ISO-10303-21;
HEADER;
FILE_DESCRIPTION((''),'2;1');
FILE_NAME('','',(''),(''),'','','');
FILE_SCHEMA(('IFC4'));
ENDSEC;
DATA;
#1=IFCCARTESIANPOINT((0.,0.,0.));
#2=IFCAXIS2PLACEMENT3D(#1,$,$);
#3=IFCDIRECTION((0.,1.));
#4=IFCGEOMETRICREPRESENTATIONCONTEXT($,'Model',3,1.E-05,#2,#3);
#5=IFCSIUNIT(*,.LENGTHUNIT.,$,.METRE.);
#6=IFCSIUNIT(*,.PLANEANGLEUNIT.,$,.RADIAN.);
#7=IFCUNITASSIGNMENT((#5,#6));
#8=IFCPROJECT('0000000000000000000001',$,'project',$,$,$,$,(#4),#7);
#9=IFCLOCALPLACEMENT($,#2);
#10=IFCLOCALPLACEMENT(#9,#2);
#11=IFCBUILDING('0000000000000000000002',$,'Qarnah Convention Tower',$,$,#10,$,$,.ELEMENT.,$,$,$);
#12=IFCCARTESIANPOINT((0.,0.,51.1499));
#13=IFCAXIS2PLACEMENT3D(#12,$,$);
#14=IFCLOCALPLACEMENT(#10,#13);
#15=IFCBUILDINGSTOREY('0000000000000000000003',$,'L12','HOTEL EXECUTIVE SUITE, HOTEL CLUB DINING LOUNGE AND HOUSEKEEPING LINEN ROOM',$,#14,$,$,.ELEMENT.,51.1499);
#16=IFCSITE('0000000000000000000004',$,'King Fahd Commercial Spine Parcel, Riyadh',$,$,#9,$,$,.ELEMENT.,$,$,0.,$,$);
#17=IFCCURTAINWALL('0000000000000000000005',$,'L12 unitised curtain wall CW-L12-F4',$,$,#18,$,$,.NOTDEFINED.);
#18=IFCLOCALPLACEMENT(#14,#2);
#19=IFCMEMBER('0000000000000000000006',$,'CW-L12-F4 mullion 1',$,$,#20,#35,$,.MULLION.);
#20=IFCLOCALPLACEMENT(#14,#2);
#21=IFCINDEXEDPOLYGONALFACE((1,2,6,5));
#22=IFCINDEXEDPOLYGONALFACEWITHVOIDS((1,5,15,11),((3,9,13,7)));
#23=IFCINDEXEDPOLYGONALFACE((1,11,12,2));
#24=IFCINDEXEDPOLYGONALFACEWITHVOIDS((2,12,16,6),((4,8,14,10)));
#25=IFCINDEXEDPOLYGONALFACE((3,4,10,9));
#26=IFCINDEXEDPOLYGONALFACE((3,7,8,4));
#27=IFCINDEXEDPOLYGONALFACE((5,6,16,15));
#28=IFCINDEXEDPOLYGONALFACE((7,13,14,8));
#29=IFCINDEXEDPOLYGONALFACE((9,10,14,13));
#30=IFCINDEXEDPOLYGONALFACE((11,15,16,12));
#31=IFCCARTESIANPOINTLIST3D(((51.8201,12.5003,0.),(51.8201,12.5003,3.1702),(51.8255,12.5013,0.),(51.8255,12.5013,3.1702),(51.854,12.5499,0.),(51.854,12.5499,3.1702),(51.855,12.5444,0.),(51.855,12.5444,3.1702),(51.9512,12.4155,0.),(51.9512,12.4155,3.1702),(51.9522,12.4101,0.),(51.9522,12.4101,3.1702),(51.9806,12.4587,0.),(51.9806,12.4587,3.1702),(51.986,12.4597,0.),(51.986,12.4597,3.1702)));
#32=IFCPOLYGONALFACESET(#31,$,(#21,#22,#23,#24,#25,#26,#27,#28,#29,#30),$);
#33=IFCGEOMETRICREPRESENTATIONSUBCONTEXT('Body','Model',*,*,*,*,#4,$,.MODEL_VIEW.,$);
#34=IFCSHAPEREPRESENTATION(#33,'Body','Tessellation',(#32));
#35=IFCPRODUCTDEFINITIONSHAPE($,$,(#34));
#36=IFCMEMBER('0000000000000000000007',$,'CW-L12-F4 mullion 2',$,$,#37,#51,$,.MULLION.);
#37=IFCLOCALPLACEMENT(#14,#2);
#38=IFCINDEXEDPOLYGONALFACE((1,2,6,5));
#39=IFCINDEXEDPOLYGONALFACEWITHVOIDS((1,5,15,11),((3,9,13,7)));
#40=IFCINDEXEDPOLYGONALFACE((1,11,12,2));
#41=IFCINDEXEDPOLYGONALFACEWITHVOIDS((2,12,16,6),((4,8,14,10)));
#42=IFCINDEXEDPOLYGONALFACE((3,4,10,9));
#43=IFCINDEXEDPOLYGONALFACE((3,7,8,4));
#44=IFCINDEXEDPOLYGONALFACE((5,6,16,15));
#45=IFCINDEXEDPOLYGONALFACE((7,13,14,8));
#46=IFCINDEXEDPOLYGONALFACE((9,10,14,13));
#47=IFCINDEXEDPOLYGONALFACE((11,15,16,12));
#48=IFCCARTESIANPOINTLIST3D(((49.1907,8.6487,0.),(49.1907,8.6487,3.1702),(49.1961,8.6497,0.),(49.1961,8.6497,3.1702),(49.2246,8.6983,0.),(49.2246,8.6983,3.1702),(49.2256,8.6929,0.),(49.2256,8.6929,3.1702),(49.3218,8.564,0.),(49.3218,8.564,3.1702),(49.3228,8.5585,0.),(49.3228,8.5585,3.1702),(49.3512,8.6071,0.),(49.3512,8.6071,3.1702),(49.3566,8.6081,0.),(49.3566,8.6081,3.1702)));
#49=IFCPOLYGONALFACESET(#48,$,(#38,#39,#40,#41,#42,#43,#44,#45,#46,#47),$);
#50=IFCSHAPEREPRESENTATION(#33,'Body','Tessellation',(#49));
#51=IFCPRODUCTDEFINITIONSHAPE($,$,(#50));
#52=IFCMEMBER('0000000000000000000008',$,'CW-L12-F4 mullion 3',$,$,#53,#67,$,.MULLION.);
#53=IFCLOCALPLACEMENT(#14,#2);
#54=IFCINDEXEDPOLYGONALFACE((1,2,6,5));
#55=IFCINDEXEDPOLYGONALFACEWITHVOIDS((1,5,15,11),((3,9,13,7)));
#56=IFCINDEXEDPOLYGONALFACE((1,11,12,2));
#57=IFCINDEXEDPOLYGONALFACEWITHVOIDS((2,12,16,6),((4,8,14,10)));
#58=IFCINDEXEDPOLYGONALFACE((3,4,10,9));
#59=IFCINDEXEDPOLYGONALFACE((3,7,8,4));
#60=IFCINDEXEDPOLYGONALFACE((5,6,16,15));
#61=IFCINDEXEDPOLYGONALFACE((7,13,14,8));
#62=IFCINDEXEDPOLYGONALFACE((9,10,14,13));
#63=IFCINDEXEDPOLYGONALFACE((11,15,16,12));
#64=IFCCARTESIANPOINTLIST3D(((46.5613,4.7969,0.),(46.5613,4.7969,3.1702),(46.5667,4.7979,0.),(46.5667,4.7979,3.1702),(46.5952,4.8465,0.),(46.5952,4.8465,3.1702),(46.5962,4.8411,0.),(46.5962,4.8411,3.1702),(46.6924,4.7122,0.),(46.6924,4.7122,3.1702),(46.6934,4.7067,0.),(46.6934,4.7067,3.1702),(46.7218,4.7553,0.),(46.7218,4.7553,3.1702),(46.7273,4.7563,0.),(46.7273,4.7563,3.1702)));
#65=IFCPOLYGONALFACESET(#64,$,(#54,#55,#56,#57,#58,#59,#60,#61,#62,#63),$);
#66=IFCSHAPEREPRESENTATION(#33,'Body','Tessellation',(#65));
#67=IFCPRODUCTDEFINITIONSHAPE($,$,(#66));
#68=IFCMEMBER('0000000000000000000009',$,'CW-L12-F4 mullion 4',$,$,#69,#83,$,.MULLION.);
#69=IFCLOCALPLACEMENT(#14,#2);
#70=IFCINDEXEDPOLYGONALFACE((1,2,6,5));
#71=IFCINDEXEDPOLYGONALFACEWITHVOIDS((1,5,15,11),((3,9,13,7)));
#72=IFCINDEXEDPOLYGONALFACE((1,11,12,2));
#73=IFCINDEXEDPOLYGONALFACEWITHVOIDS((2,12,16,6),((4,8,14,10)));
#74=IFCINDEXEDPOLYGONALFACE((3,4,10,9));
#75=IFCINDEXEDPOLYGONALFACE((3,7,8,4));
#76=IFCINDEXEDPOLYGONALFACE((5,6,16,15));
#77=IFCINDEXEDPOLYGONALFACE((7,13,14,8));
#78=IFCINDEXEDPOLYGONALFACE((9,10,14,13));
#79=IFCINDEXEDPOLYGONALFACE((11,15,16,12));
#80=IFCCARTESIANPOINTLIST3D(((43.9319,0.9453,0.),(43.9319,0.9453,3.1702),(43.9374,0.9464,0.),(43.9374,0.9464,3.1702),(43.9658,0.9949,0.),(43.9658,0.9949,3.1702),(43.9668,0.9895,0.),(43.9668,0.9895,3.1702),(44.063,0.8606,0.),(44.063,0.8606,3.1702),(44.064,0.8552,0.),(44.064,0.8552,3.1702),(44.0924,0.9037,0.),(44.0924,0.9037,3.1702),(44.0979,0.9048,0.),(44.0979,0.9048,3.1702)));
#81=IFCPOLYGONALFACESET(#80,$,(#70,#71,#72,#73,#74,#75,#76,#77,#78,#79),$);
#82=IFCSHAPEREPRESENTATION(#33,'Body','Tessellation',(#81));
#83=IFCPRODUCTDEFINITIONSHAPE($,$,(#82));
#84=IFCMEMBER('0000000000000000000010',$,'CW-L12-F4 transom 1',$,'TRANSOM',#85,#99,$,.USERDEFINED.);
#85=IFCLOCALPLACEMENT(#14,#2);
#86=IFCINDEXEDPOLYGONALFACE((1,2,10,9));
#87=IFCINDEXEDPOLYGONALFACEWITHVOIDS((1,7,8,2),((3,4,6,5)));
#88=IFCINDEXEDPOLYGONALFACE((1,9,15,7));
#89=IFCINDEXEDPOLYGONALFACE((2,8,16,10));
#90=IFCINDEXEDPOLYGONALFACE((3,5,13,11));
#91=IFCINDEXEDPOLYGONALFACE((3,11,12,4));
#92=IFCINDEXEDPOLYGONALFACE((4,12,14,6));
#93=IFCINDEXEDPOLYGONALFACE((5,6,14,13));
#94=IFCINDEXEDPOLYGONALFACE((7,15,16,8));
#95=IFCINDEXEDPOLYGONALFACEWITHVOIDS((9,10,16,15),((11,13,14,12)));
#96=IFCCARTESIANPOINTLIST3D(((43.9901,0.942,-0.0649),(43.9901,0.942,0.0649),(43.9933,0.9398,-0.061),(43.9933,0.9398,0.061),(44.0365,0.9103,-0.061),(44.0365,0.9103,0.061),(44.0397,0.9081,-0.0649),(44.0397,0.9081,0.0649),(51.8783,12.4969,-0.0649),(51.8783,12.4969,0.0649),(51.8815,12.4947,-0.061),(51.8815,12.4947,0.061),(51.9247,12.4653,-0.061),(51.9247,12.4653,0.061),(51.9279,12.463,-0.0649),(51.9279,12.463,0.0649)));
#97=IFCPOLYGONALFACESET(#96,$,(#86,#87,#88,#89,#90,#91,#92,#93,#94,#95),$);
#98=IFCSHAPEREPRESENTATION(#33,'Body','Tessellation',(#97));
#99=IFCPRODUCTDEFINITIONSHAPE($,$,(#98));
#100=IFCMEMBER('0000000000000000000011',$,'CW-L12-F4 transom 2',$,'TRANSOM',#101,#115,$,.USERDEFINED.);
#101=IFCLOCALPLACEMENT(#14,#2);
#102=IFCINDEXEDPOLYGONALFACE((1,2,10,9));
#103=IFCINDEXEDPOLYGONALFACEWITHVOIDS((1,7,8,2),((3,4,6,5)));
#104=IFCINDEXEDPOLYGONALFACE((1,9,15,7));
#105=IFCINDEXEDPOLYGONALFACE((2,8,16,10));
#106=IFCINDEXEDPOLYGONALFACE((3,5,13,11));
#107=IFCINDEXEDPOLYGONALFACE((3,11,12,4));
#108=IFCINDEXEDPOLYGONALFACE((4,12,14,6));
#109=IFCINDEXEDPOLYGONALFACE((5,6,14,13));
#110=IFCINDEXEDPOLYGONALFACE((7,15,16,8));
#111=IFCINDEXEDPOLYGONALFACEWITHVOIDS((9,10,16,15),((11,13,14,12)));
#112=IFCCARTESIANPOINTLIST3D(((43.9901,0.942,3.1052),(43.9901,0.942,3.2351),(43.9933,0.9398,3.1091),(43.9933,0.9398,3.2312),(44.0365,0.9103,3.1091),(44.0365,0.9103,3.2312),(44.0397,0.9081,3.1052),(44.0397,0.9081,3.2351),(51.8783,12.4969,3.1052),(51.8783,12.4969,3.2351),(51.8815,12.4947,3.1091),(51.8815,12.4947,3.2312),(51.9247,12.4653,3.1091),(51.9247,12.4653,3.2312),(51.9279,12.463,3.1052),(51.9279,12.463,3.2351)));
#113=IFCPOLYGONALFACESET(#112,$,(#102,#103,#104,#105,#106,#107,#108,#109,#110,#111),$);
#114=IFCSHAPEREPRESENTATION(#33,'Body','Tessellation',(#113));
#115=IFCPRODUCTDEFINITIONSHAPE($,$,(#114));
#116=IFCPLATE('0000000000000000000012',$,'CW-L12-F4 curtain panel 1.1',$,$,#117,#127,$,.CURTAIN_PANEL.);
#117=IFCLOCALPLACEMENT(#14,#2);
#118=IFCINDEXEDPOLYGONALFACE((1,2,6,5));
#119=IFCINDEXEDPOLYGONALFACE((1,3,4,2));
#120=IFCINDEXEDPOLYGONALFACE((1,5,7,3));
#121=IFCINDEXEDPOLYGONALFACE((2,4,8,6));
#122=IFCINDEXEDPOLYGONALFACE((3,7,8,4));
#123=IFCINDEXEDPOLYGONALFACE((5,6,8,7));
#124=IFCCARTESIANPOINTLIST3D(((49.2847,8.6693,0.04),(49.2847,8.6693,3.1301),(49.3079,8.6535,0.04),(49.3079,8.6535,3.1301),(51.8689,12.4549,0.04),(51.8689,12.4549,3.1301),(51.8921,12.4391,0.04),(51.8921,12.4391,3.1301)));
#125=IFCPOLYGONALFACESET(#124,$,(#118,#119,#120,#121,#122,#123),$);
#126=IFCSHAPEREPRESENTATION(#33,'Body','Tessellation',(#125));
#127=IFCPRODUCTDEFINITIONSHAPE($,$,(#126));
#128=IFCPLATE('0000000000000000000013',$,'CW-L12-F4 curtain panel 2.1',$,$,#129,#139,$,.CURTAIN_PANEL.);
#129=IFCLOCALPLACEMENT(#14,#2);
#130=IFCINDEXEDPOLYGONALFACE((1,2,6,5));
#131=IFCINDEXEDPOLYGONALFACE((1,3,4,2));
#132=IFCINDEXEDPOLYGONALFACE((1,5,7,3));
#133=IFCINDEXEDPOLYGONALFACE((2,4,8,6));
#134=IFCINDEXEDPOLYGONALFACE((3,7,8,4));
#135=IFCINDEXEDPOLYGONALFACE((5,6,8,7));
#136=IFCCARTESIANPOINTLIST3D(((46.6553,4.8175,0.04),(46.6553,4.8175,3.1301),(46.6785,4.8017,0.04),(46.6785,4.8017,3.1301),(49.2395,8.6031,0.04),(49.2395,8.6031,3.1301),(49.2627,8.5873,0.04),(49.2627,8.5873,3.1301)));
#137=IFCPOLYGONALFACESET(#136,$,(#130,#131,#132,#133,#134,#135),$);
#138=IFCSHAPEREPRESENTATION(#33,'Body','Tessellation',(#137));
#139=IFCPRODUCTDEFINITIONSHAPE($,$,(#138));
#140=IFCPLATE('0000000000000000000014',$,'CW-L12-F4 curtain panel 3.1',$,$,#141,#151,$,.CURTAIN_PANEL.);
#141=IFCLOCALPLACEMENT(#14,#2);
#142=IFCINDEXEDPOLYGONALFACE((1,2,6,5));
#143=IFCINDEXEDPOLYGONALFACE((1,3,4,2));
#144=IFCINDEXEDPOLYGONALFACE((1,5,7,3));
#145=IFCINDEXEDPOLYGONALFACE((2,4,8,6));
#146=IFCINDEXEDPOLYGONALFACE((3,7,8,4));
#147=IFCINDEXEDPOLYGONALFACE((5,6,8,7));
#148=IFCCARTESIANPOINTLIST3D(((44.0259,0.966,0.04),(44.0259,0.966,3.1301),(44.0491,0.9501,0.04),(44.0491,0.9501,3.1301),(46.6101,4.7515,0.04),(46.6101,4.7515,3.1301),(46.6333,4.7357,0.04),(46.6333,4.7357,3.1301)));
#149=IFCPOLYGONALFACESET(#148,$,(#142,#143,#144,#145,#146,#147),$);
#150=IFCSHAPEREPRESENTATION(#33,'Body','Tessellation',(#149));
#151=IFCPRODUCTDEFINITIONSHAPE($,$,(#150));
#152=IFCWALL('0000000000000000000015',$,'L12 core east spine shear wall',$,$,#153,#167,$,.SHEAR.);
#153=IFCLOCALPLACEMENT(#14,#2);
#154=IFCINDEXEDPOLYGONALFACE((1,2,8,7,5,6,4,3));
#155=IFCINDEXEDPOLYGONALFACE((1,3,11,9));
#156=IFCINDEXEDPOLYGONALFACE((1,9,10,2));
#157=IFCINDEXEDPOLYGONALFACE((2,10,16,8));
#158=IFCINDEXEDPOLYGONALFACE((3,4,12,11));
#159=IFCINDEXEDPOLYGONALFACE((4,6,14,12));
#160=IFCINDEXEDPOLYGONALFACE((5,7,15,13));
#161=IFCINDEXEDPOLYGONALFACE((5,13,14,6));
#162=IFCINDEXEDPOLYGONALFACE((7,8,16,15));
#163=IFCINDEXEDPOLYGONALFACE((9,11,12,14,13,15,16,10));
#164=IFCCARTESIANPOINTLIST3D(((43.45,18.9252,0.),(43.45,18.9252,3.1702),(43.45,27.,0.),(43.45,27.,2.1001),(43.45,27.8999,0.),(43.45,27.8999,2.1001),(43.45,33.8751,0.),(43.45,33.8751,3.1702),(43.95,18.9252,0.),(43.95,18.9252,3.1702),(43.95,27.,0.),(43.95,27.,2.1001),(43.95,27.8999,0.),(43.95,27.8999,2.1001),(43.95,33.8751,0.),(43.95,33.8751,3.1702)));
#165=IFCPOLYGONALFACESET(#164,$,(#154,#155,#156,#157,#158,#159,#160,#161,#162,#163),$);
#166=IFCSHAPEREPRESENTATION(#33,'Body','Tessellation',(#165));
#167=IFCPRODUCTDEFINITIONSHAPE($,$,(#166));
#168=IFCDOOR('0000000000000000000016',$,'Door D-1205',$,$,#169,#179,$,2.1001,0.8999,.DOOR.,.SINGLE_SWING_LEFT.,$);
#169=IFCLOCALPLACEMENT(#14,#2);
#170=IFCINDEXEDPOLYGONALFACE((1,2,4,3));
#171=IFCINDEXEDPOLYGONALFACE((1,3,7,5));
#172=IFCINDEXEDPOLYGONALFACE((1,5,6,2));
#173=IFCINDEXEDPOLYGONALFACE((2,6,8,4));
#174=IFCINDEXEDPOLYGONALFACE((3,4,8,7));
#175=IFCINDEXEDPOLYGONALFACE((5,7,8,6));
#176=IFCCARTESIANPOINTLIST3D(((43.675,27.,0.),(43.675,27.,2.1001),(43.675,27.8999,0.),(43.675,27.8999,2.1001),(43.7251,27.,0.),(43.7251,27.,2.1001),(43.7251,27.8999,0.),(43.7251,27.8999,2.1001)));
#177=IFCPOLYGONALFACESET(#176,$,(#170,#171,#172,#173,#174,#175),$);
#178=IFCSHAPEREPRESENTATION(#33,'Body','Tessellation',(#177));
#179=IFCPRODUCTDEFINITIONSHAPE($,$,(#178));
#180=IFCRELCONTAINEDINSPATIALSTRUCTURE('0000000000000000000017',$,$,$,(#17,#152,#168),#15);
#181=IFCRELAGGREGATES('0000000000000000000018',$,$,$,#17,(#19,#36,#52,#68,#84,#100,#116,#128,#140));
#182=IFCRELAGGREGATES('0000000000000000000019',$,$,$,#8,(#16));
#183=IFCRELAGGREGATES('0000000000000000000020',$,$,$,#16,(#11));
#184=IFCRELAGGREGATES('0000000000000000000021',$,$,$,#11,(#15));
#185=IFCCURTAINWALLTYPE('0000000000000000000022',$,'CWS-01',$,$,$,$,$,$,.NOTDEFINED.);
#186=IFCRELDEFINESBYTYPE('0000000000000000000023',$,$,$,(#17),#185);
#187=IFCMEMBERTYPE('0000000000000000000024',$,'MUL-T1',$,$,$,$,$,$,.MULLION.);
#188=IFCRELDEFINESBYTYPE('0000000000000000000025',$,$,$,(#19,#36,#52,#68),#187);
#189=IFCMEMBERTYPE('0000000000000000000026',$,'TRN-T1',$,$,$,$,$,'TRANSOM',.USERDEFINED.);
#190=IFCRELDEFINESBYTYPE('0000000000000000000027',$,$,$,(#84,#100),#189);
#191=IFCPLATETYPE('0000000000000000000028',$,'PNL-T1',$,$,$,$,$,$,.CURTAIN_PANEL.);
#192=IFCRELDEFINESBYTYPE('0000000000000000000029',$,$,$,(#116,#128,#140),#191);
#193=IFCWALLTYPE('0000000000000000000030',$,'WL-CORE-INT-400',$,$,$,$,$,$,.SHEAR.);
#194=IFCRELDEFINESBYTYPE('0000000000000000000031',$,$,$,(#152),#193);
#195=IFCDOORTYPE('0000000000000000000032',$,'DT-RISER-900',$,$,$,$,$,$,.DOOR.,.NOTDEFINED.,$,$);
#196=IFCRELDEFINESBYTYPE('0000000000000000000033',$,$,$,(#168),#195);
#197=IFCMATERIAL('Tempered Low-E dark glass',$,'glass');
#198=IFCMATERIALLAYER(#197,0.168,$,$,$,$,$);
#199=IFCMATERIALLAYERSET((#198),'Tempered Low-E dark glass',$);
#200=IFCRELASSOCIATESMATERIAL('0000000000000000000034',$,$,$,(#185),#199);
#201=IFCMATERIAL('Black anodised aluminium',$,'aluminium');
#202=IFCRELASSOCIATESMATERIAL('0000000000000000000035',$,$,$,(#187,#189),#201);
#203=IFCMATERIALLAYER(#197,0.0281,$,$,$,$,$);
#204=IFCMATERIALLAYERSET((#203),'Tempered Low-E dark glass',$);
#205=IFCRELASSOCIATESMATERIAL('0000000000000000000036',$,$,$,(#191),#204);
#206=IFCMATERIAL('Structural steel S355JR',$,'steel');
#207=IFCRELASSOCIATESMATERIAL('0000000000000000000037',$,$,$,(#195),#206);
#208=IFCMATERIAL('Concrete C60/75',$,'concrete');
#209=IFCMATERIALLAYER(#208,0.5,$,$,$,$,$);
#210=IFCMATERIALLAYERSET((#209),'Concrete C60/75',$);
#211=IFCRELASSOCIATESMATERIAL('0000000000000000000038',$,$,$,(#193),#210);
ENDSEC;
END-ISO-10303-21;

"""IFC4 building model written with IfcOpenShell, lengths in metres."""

from ifc_helpers import new_model, si_unit, direction, frame, frame_2d, origin, origin_2d, place, context, subcontext, project, spatial, rectangle, hollow_rectangle, extrude, material, layer, layer_set, material_profile, profile_set, type_object, element, fill, aggregate, save


model = new_model("IFC4")

# Units and contexts
model_context = context("Model", 3, precision=1e-05, world=origin(), true_north=direction((0.0, 1.0)))
body_context = subcontext(model_context, "Body", "Model", "MODEL_VIEW")
ifc_project = project(units=[si_unit("LENGTHUNIT", "METRE"), si_unit("PLANEANGLEUNIT", "RADIAN")], contexts=[model_context])

# Site, building, storey
site_placement = place(None, origin())
site = spatial("IfcSite", under=ifc_project, at=site_placement, Name="King Fahd Commercial Spine Parcel, Riyadh", CompositionType="ELEMENT", RefElevation=0.0)
building_placement = place(site_placement, origin())
building = spatial("IfcBuilding", under=site, at=building_placement, Name="Qarnah Convention Tower", CompositionType="ELEMENT")
storey_placement = place(building_placement, frame((0.0, 0.0, 51.1499)))
storey = spatial("IfcBuildingStorey", under=building, at=storey_placement, Name="L12", Description="HOTEL EXECUTIVE SUITE, HOTEL CLUB DINING LOUNGE AND HOUSEKEEPING LINEN ROOM", CompositionType="ELEMENT", Elevation=51.1499)

# Shared definitions
ifc_material_1 = material(Name="Concrete C60/75", Category="concrete")
ifc_material_2 = material(Name="Structural steel S355JR", Category="steel")

# Shared definitions
ifc_material_3 = material(Name="Tempered Low-E dark glass", Category="glass")
ifc_layer_1 = layer(ifc_material_3, 0.168)
ifc_layer_set_1 = layer_set([ifc_layer_1], Name="Tempered Low-E dark glass")
curtain_wall_type = type_object("IfcCurtainWallType", Name="CWS-01", PredefinedType="NOTDEFINED", material=ifc_layer_set_1)
ifc_material_4 = material(Name="Black anodised aluminium", Category="aluminium")
ifc_material_profile_1 = material_profile(ifc_material_4, hollow_rectangle(XDim=0.0601, YDim=0.1599, WallThickness=0.0039, at=origin_2d()), Name="MUL-60X160")
ifc_profile_set_1 = profile_set([ifc_material_profile_1], Name="Black anodised aluminium")
member_type_1 = type_object("IfcMemberType", Name="MUL-T1", PredefinedType="MULLION", material=ifc_profile_set_1)

# Curtain wall, members, plates
curtain_wall_1_placement = place(storey_placement, origin())
curtain_wall_1 = element("IfcCurtainWall", 1, at=curtain_wall_1_placement, inside=storey, type_object=curtain_wall_type, Name="L12 unitised curtain wall CW-L12-F4", PredefinedType="NOTDEFINED")
member_1_placement = place(storey_placement, frame((51.9031, 12.48, 0.0), z_axis=(0.0, 0.0, 1.0), x_axis=(-0.563805, -0.825908, 0.0)))
member_1 = element("IfcMember", 2, at=member_1_placement, type_object=member_type_1, Name="CW-L12-F4 mullion 1", PredefinedType="MULLION", context=body_context, shape_type="SweptSolid", body=[
    extrude(hollow_rectangle(XDim=0.0601, YDim=0.1599, WallThickness=0.0039, at=origin_2d()), origin(), (0.0, 0.0, 1.0), 3.1702),
])
member_2_placement = place(storey_placement, frame((49.2737, 8.6284, 0.0), z_axis=(0.0, 0.0, 1.0), x_axis=(-0.563805, -0.825908, 0.0)))
member_2 = element("IfcMember", 3, at=member_2_placement, type_object=member_type_1, Name="CW-L12-F4 mullion 2", PredefinedType="MULLION", context=body_context, shape_type="SweptSolid", body=[
    extrude(hollow_rectangle(XDim=0.0601, YDim=0.1599, WallThickness=0.0039, at=origin_2d()), origin(), (0.0, 0.0, 1.0), 3.1702),
])
member_3_placement = place(storey_placement, frame((46.6443, 4.7766, 0.0), z_axis=(0.0, 0.0, 1.0), x_axis=(-0.563805, -0.825908, 0.0)))
member_3 = element("IfcMember", 4, at=member_3_placement, type_object=member_type_1, Name="CW-L12-F4 mullion 3", PredefinedType="MULLION", context=body_context, shape_type="SweptSolid", body=[
    extrude(hollow_rectangle(XDim=0.0601, YDim=0.1599, WallThickness=0.0039, at=origin_2d()), origin(), (0.0, 0.0, 1.0), 3.1702),
])
member_4_placement = place(storey_placement, frame((44.0149, 0.925, 0.0), z_axis=(0.0, 0.0, 1.0), x_axis=(-0.563805, -0.825908, 0.0)))
member_4 = element("IfcMember", 5, at=member_4_placement, type_object=member_type_1, Name="CW-L12-F4 mullion 4", PredefinedType="MULLION", context=body_context, shape_type="SweptSolid", body=[
    extrude(hollow_rectangle(XDim=0.0601, YDim=0.1599, WallThickness=0.0039, at=origin_2d()), origin(), (0.0, 0.0, 1.0), 3.1702),
])
ifc_material_profile_2 = material_profile(ifc_material_4, hollow_rectangle(XDim=0.0601, YDim=0.1299, WallThickness=0.0039, at=origin_2d()), Name="TRN-60X130")
ifc_profile_set_2 = profile_set([ifc_material_profile_2], Name="Black anodised aluminium")
member_type_2 = type_object("IfcMemberType", Name="TRN-T1", ElementType="TRANSOM", PredefinedType="USERDEFINED", material=ifc_profile_set_2)
member_5_placement = place(storey_placement, frame((51.9031, 12.48, 0.0), z_axis=(-0.563816, -0.8259, 0.0), x_axis=(0.8259, -0.563816, 0.0)))
member_5 = element("IfcMember", 6, at=member_5_placement, type_object=member_type_2, Name="CW-L12-F4 transom 1", ObjectType="TRANSOM", PredefinedType="USERDEFINED", context=body_context, shape_type="SweptSolid", body=[
    extrude(hollow_rectangle(XDim=0.0601, YDim=0.1299, WallThickness=0.0039, at=origin_2d()), origin(), (0.0, 0.0, 1.0), 13.9907),
])
member_6_placement = place(storey_placement, frame((51.9031, 12.48, 3.1702), z_axis=(-0.563816, -0.8259, 0.0), x_axis=(0.8259, -0.563816, 0.0)))
member_6 = element("IfcMember", 7, at=member_6_placement, type_object=member_type_2, Name="CW-L12-F4 transom 2", ObjectType="TRANSOM", PredefinedType="USERDEFINED", context=body_context, shape_type="SweptSolid", body=[
    extrude(hollow_rectangle(XDim=0.0601, YDim=0.1299, WallThickness=0.0039, at=origin_2d()), origin(), (0.0, 0.0, 1.0), 13.9907),
])
ifc_layer_2 = layer(ifc_material_3, 0.0281)
ifc_layer_set_2 = layer_set([ifc_layer_2], Name="Tempered Low-E dark glass")
plate_type = type_object("IfcPlateType", Name="PNL-T1", PredefinedType="CURTAIN_PANEL", material=ifc_layer_set_2)
plate_1_placement = place(storey_placement, frame((50.5884, 10.5542, 0.04), z_axis=(0.0, 0.0, 1.0), x_axis=(-0.563805, -0.825908, 0.0)))
plate_1 = element("IfcPlate", 8, at=plate_1_placement, type_object=plate_type, Name="CW-L12-F4 curtain panel 1.1", PredefinedType="CURTAIN_PANEL", context=body_context, shape_type="SweptSolid", body=[
    extrude(rectangle(XDim=4.5835, YDim=0.0281, at=origin_2d()), origin(), (0.0, 0.0, 1.0), 3.0901),
])
plate_2_placement = place(storey_placement, frame((47.959, 6.7024, 0.04), z_axis=(0.0, 0.0, 1.0), x_axis=(-0.563805, -0.825908, 0.0)))
plate_2 = element("IfcPlate", 9, at=plate_2_placement, type_object=plate_type, Name="CW-L12-F4 curtain panel 2.1", PredefinedType="CURTAIN_PANEL", context=body_context, shape_type="SweptSolid", body=[
    extrude(rectangle(XDim=4.5835, YDim=0.0281, at=origin_2d()), origin(), (0.0, 0.0, 1.0), 3.0901),
])
plate_3_placement = place(storey_placement, frame((45.3296, 2.8508, 0.04), z_axis=(0.0, 0.0, 1.0), x_axis=(-0.563805, -0.825908, 0.0)))
plate_3 = element("IfcPlate", 10, at=plate_3_placement, type_object=plate_type, Name="CW-L12-F4 curtain panel 3.1", PredefinedType="CURTAIN_PANEL", context=body_context, shape_type="SweptSolid", body=[
    extrude(rectangle(XDim=4.5835, YDim=0.0281, at=origin_2d()), origin(), (0.0, 0.0, 1.0), 3.0901),
])
aggregate(curtain_wall_1, [member_1, member_2, member_3, member_4, member_5, member_6, plate_1, plate_2, plate_3])

# Shared definitions
door_type_1 = type_object("IfcDoorType", Name="DT-RISER-900", OperationType="NOTDEFINED", PredefinedType="DOOR", material=ifc_material_2)

# Wall, opening, door
ifc_layer_3 = layer(ifc_material_1, 0.5)
ifc_layer_set_3 = layer_set([ifc_layer_3], Name="Concrete C60/75")
wall_type_1 = type_object("IfcWallType", Name="WL-CORE-INT-400", PredefinedType="SHEAR", material=ifc_layer_set_3)
wall_1_placement = place(storey_placement, frame((43.7, 18.925, 0.0), z_axis=(0.0, 0.0, 1.0), x_axis=(0.0, 1.0, 0.0)))
wall_1 = element("IfcWall", 11, at=wall_1_placement, inside=storey, type_object=wall_type_1, Name="L12 core east spine shear wall", PredefinedType="SHEAR", context=body_context, shape_type="SweptSolid", body=[
    extrude(rectangle(XDim=14.95, YDim=0.5, at=frame_2d((7.4751, 0.0))), origin(), (0.0, 0.0, 1.0), 3.1702),
])
opening_1_placement = place(wall_1_placement, frame((8.075, 0.0, 0.0)))
opening_1 = element("IfcOpeningElement", 12, at=opening_1_placement, cuts=wall_1, PredefinedType="OPENING", context=body_context, shape_type="SweptSolid", body=[
    extrude(rectangle(XDim=0.8999, YDim=2.1001, at=frame_2d((0.45, 1.05))), frame((0.0, 0.26, 0.0), z_axis=(0.0, -1.0, 0.0), x_axis=(1.0, 0.0, 0.0)), (0.0, 0.0, 1.0), 0.52),
])
door_1_placement = place(opening_1_placement, origin())
door_1 = element("IfcDoor", 13, at=door_1_placement, inside=storey, type_object=door_type_1, Name="Door D-1205", OperationType="SINGLE_SWING_LEFT", OverallHeight=2.1001, OverallWidth=0.8999, PredefinedType="DOOR", context=body_context, shape_type="SweptSolid", body=[
    extrude(rectangle(XDim=0.8999, YDim=2.1001, at=frame_2d((0.45, 1.05))), frame((0.0, 0.0249, 0.0), z_axis=(0.0, -1.0, 0.0), x_axis=(1.0, 0.0, 0.0)), (0.0, 0.0, 1.0), 0.05),
])
fill(opening_1, door_1)

save(model, "model.ifc")
